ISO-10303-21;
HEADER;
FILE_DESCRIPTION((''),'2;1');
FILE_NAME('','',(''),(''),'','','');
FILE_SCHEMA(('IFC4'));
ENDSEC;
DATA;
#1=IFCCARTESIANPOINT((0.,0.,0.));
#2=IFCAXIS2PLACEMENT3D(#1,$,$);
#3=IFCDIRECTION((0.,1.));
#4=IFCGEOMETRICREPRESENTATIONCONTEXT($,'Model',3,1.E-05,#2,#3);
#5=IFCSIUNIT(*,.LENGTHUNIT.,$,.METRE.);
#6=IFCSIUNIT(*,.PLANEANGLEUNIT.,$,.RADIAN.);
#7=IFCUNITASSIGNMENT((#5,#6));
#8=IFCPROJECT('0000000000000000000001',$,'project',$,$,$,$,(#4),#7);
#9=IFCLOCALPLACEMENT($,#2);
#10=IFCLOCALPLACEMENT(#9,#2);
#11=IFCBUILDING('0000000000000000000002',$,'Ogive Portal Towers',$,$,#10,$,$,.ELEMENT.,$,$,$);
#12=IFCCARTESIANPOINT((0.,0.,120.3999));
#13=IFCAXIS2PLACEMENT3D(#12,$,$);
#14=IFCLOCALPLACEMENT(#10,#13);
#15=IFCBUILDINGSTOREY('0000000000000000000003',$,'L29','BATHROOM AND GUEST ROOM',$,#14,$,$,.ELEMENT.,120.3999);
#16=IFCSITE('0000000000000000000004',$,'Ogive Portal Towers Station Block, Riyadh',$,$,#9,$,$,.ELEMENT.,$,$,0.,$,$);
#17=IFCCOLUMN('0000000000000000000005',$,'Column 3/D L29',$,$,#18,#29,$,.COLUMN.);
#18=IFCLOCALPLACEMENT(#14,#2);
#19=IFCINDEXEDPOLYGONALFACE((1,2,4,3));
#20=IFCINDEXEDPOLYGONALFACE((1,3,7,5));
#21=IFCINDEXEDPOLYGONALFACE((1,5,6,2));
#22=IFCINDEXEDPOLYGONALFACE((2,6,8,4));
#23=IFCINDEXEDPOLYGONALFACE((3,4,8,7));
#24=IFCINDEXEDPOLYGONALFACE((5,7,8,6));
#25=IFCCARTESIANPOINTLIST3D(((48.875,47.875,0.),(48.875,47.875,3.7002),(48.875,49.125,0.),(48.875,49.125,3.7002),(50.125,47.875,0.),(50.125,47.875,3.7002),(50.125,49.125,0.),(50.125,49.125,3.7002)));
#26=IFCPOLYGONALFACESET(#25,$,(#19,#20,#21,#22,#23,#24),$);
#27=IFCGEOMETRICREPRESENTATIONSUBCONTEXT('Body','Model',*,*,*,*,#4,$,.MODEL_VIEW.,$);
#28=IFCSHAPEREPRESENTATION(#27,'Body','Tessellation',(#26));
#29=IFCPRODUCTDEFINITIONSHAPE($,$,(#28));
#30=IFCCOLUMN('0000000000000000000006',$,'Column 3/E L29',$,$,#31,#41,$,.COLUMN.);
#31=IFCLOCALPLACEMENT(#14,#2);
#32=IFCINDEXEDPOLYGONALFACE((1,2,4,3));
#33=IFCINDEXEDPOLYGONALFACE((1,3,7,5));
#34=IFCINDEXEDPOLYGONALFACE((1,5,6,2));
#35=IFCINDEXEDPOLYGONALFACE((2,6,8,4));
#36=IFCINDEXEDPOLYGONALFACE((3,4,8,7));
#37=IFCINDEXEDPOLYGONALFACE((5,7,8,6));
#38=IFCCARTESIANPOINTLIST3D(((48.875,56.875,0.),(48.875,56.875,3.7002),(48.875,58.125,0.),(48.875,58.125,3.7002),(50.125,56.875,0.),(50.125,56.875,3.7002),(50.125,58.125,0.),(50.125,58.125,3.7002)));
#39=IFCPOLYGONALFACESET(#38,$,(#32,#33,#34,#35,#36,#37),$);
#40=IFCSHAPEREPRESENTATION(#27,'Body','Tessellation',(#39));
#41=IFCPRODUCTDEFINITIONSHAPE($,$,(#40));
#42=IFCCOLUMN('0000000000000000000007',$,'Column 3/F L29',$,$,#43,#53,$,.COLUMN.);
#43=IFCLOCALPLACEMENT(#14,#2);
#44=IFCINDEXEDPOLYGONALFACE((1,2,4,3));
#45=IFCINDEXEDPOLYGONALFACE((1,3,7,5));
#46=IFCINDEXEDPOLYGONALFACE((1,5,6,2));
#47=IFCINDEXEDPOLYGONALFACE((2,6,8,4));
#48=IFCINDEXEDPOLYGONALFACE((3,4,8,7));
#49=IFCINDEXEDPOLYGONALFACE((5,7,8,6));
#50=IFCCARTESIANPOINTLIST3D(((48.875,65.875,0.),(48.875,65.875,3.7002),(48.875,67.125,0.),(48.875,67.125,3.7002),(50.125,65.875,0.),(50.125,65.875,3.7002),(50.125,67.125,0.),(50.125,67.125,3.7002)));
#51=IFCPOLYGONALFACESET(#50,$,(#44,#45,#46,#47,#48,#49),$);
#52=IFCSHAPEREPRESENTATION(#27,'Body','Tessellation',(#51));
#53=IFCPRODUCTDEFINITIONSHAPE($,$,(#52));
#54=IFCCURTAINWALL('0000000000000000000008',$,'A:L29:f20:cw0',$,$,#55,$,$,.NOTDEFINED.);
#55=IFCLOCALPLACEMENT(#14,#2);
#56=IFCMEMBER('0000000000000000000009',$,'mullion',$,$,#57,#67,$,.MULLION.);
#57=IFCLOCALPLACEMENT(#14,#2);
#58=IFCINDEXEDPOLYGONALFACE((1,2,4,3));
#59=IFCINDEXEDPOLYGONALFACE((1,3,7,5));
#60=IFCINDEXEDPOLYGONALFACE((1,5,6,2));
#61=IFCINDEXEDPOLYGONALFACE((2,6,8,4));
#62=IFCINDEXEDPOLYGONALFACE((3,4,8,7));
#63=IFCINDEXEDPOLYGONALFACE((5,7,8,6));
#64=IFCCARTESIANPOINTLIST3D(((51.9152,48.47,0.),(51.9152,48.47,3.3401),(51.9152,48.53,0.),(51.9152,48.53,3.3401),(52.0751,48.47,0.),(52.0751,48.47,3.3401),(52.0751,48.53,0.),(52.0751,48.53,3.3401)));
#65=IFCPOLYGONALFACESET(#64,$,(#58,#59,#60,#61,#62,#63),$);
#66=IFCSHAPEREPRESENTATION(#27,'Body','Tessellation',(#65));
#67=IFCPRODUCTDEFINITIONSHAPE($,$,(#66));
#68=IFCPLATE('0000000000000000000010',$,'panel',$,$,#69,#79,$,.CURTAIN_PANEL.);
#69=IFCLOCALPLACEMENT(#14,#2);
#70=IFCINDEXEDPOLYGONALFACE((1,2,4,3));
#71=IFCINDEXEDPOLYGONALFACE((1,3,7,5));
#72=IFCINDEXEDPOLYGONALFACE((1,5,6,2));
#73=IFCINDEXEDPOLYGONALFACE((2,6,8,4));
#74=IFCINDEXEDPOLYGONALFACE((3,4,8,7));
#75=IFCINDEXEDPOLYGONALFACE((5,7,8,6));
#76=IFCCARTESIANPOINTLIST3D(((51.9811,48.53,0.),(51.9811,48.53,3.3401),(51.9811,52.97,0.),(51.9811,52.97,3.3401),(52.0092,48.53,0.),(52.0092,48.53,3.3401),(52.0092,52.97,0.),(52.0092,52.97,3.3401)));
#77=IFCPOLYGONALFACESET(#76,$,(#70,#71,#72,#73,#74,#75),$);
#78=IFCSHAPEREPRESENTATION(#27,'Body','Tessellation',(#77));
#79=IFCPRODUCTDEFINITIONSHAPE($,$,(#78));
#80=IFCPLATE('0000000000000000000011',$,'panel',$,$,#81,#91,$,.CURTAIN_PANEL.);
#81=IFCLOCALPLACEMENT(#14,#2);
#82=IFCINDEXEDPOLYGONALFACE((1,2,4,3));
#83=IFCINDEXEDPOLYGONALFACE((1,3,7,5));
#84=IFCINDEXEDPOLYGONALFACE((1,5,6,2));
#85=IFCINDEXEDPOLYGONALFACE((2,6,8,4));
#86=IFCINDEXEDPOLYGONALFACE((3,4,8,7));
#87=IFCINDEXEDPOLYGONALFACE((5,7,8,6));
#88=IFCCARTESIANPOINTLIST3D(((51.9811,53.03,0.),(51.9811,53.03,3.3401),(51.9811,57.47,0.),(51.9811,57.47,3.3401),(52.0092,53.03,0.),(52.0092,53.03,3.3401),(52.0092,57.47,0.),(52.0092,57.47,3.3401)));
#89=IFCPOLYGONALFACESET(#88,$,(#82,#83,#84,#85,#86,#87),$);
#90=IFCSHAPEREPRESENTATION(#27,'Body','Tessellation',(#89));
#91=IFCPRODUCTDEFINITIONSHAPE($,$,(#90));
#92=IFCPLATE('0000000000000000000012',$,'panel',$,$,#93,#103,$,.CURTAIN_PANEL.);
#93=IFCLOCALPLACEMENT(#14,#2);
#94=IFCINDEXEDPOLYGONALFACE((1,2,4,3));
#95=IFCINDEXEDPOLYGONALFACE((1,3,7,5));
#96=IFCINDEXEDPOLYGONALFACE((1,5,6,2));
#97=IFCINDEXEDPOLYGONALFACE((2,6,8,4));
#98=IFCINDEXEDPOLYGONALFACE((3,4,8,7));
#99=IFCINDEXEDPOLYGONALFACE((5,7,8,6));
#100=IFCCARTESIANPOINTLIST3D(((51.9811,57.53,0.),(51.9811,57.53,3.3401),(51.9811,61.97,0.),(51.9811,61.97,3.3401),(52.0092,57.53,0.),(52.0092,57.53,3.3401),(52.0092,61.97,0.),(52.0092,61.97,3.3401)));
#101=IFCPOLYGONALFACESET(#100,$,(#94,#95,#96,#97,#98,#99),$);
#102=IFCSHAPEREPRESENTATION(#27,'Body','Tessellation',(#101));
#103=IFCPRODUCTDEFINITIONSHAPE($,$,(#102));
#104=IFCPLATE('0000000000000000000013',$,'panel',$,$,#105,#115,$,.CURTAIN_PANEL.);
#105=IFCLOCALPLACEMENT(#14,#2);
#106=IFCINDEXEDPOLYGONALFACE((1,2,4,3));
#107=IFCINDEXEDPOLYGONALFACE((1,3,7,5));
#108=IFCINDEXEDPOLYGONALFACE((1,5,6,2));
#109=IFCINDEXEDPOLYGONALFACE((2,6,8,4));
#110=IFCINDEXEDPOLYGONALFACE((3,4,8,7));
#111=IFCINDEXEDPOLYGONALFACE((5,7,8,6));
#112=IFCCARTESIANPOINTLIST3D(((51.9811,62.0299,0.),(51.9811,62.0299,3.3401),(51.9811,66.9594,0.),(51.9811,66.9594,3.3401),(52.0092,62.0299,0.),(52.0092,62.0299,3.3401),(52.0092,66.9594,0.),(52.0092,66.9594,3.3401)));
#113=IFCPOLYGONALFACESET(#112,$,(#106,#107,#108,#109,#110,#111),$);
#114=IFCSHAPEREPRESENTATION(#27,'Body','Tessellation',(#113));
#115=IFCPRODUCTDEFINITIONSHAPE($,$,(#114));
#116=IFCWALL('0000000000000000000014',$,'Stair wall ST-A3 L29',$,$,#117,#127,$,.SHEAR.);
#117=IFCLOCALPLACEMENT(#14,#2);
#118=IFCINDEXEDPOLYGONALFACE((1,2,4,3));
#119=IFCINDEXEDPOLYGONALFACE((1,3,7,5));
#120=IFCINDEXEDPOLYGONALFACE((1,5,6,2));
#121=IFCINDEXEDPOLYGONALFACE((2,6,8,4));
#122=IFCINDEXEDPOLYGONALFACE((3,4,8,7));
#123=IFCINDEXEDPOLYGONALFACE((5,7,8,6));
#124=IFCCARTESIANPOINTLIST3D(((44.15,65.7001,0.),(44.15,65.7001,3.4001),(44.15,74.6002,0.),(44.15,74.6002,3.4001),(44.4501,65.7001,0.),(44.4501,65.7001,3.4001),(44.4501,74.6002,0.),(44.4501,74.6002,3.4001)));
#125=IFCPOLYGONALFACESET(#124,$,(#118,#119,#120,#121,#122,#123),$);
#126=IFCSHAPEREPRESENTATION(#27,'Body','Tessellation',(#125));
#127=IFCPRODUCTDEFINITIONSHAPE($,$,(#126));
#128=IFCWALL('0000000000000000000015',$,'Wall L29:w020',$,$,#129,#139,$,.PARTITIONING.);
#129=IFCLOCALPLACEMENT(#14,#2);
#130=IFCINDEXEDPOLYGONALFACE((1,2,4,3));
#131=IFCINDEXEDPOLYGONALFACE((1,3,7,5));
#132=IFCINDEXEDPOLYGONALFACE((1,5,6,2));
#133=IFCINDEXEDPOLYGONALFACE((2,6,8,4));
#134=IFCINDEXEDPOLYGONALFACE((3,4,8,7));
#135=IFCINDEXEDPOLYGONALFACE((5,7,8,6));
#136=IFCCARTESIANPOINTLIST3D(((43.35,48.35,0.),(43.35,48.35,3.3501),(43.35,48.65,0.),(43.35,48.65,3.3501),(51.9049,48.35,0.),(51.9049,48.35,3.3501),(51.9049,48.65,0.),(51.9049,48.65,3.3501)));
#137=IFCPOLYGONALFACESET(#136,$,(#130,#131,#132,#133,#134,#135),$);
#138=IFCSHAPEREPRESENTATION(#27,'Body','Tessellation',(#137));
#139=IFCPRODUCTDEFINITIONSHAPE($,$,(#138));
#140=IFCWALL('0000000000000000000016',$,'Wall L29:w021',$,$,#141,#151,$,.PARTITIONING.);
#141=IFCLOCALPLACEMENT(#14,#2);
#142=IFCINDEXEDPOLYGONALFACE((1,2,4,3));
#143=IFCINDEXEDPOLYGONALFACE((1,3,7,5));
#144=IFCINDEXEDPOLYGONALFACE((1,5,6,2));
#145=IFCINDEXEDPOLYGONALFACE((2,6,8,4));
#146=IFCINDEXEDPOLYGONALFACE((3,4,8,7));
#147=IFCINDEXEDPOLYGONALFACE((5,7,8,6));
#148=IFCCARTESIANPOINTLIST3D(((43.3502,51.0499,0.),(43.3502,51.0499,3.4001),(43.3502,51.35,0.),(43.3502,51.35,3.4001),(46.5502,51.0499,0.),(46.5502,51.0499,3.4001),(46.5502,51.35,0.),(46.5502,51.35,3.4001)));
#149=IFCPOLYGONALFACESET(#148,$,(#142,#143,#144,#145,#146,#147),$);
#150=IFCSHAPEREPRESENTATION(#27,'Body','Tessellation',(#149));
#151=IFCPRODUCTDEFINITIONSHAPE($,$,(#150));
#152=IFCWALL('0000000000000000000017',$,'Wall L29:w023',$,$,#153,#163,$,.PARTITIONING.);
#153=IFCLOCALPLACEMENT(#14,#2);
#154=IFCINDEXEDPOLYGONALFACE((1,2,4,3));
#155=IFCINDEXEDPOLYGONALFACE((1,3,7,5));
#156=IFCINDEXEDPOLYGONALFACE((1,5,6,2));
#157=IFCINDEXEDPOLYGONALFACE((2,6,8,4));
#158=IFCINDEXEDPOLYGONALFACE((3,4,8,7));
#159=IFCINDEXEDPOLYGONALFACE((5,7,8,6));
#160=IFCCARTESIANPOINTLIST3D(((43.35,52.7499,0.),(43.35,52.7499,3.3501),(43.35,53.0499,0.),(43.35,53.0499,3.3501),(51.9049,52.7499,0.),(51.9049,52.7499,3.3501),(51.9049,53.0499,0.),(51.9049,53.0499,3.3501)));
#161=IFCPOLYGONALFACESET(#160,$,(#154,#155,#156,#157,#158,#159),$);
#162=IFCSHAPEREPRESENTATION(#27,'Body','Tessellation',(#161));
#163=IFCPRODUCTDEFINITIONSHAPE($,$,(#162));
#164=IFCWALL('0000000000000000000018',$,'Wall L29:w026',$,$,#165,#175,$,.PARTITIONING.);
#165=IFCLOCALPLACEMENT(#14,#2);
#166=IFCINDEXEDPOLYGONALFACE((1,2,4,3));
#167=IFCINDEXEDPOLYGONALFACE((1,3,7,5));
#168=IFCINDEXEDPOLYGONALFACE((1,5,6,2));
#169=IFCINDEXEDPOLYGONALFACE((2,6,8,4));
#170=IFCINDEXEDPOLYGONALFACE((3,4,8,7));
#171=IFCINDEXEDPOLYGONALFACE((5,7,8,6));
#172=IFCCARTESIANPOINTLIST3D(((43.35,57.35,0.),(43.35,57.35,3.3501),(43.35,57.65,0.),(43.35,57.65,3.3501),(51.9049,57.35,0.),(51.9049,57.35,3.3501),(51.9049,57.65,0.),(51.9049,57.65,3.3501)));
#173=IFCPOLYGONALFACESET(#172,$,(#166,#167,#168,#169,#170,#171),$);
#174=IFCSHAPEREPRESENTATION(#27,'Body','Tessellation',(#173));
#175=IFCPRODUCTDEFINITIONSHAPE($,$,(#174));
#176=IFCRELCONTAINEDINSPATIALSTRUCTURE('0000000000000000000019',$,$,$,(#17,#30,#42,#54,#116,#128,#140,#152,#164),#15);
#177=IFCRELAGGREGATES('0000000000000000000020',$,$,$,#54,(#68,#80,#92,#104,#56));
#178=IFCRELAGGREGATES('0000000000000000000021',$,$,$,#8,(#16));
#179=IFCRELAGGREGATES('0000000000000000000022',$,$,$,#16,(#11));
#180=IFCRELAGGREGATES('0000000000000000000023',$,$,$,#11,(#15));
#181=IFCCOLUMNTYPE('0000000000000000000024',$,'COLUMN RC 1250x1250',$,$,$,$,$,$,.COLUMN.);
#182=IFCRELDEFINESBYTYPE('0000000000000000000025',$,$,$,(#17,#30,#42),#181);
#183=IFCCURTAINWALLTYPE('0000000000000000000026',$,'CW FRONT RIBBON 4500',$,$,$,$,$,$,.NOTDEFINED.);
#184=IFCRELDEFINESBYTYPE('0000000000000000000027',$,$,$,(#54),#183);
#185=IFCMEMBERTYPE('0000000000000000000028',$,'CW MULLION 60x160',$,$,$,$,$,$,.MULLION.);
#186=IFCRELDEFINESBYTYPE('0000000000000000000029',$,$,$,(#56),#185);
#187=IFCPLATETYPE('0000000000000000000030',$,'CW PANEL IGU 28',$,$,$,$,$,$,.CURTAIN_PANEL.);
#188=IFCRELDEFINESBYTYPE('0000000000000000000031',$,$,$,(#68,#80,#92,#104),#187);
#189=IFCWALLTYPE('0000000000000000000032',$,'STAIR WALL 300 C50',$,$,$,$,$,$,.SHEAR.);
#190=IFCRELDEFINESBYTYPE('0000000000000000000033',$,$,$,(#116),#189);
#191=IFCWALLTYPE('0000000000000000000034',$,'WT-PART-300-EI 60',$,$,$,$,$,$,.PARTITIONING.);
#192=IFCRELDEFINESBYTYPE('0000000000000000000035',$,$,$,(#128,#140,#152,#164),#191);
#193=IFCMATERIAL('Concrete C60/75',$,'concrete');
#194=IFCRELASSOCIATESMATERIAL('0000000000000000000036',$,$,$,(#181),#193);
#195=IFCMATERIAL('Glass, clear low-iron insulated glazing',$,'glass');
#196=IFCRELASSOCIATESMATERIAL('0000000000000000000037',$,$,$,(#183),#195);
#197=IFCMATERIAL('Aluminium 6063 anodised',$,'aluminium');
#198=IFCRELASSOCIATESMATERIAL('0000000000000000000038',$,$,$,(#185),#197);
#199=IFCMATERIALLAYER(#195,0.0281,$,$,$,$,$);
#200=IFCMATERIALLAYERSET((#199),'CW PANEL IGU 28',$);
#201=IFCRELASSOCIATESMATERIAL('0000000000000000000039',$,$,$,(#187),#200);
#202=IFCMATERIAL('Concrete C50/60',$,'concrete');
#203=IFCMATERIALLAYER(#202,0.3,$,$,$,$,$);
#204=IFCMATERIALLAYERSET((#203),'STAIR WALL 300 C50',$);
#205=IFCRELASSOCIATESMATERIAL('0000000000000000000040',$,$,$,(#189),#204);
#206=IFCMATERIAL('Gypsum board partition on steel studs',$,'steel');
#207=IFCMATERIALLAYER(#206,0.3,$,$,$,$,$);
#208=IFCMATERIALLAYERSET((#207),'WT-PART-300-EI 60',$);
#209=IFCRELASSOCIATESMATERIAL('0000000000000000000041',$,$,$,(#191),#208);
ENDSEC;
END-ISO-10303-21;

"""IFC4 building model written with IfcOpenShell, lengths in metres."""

from ifc_helpers import new_model, si_unit, direction, frame, frame_2d, origin, origin_2d, place, context, subcontext, project, spatial, rectangle, extrude, material, layer, layer_set, material_profile, profile_set, type_object, element, aggregate, save


model = new_model("IFC4")

# Units and contexts
model_context = context("Model", 3, precision=1e-05, world=origin(), true_north=direction((0.0, 1.0)))
body_context = subcontext(model_context, "Body", "Model", "MODEL_VIEW")
ifc_project = project(units=[si_unit("LENGTHUNIT", "METRE"), si_unit("PLANEANGLEUNIT", "RADIAN")], contexts=[model_context])

# Site, building, storey
site_placement = place(None, origin())
site = spatial("IfcSite", under=ifc_project, at=site_placement, Name="Ogive Portal Towers Station Block, Riyadh", CompositionType="ELEMENT", RefElevation=0.0)
building_placement = place(site_placement, origin())
building = spatial("IfcBuilding", under=site, at=building_placement, Name="Ogive Portal Towers", CompositionType="ELEMENT")
storey_placement = place(building_placement, frame((0.0, 0.0, 120.3999)))
storey = spatial("IfcBuildingStorey", under=building, at=storey_placement, Name="L29", Description="BATHROOM AND GUEST ROOM", CompositionType="ELEMENT", Elevation=120.3999)

# Columns
ifc_material_1 = material(Name="Concrete C60/75", Category="concrete")
ifc_material_profile_1 = material_profile(ifc_material_1, rectangle(XDim=1.25, YDim=1.25, at=origin_2d()), Name="RC 1250x1250")
ifc_profile_set_1 = profile_set([ifc_material_profile_1], Name="Concrete C60/75")
column_type = type_object("IfcColumnType", Name="COLUMN RC 1250x1250", PredefinedType="COLUMN", material=ifc_profile_set_1)
for number, where, z_axis, x_axis, name in (
    (1, (49.5, 48.5, 0.0), (0.0, 0.0, 1.0), (1.0, 0.0, 0.0), "Column 3/D L29"),
    (2, (49.5, 57.5, 0.0), (0.0, 0.0, 1.0), (1.0, 0.0, 0.0), "Column 3/E L29"),
    (3, (49.5, 66.5, 0.0), (0.0, 0.0, 1.0), (1.0, 0.0, 0.0), "Column 3/F L29"),
):
    element("IfcColumn", number, at=place(storey_placement, frame(where, z_axis=z_axis, x_axis=x_axis)), inside=storey, type_object=column_type, Name=name, PredefinedType="COLUMN", context=body_context, shape_type="SweptSolid", body=[
        extrude(rectangle(XDim=1.25, YDim=1.25, at=origin_2d()), origin(), (0.0, 0.0, 1.0), 3.7002),
    ])

# Curtain wall, member, plates
ifc_material_2 = material(Name="Glass, clear low-iron insulated glazing", Category="glass")
curtain_wall_type = type_object("IfcCurtainWallType", Name="CW FRONT RIBBON 4500", PredefinedType="NOTDEFINED", material=ifc_material_2)
curtain_wall_placement = place(storey_placement, origin())
curtain_wall = element("IfcCurtainWall", 4, at=curtain_wall_placement, inside=storey, type_object=curtain_wall_type, Name="A:L29:f20:cw0", PredefinedType="NOTDEFINED")
ifc_material_3 = material(Name="Aluminium 6063 anodised", Category="aluminium")
ifc_material_profile_2 = material_profile(ifc_material_3, rectangle(XDim=0.1599, YDim=0.0601, at=origin_2d()), Name="AL 60x160")
ifc_profile_set_2 = profile_set([ifc_material_profile_2], Name="Aluminium 6063 anodised")
member_type = type_object("IfcMemberType", Name="CW MULLION 60x160", PredefinedType="MULLION", material=ifc_profile_set_2)
member_placement = place(storey_placement, frame((51.9951, 48.5, 0.0), z_axis=(0.0, 0.0, 1.0), x_axis=(-1.0, 0.0, 0.0)))
member = element("IfcMember", 5, at=member_placement, type_object=member_type, Name="mullion", PredefinedType="MULLION", context=body_context, shape_type="SweptSolid", body=[
    extrude(rectangle(XDim=0.1599, YDim=0.0601, at=origin_2d()), origin(), (0.0, 0.0, 1.0), 3.3401),
])
ifc_layer_1 = layer(ifc_material_2, 0.0281)
ifc_layer_set_1 = layer_set([ifc_layer_1], Name="CW PANEL IGU 28")
plate_type = type_object("IfcPlateType", Name="CW PANEL IGU 28", PredefinedType="CURTAIN_PANEL", material=ifc_layer_set_1)
plate_1_placement = place(storey_placement, frame((51.9951, 50.75, 0.0), z_axis=(0.0, 0.0, 1.0), x_axis=(0.0, 1.0, 0.0)))
plate_1 = element("IfcPlate", 6, at=plate_1_placement, type_object=plate_type, Name="panel", PredefinedType="CURTAIN_PANEL", context=body_context, shape_type="SweptSolid", body=[
    extrude(rectangle(XDim=4.4399, YDim=0.0281, at=origin_2d()), origin(), (0.0, 0.0, 1.0), 3.3401),
])
plate_2_placement = place(storey_placement, frame((51.9951, 55.25, 0.0), z_axis=(0.0, 0.0, 1.0), x_axis=(0.0, 1.0, 0.0)))
plate_2 = element("IfcPlate", 7, at=plate_2_placement, type_object=plate_type, Name="panel", PredefinedType="CURTAIN_PANEL", context=body_context, shape_type="SweptSolid", body=[
    extrude(rectangle(XDim=4.4399, YDim=0.0281, at=origin_2d()), origin(), (0.0, 0.0, 1.0), 3.3401),
])
plate_3_placement = place(storey_placement, frame((51.9951, 59.75, 0.0), z_axis=(0.0, 0.0, 1.0), x_axis=(0.0, 1.0, 0.0)))
plate_3 = element("IfcPlate", 8, at=plate_3_placement, type_object=plate_type, Name="panel", PredefinedType="CURTAIN_PANEL", context=body_context, shape_type="SweptSolid", body=[
    extrude(rectangle(XDim=4.4399, YDim=0.0281, at=origin_2d()), origin(), (0.0, 0.0, 1.0), 3.3401),
])
plate_4_placement = place(storey_placement, frame((51.9951, 64.4946, 0.0), z_axis=(0.0, 0.0, 1.0), x_axis=(0.0, 1.0, 0.0)))
plate_4 = element("IfcPlate", 9, at=plate_4_placement, type_object=plate_type, Name="panel", PredefinedType="CURTAIN_PANEL", context=body_context, shape_type="SweptSolid", body=[
    extrude(rectangle(XDim=4.9294, YDim=0.0281, at=origin_2d()), origin(), (0.0, 0.0, 1.0), 3.3401),
])
aggregate(curtain_wall, [plate_1, plate_2, plate_3, plate_4, member])

# Walls
ifc_material_4 = material(Name="Concrete C50/60", Category="concrete")
ifc_layer_2 = layer(ifc_material_4, 0.3)
ifc_layer_set_2 = layer_set([ifc_layer_2], Name="STAIR WALL 300 C50")
wall_type_1 = type_object("IfcWallType", Name="STAIR WALL 300 C50", PredefinedType="SHEAR", material=ifc_layer_set_2)
wall_1_placement = place(storey_placement, frame((44.3, 65.7, 0.0), z_axis=(0.0, 0.0, 1.0), x_axis=(0.0, 1.0, 0.0)))
element("IfcWall", 10, at=wall_1_placement, inside=storey, type_object=wall_type_1, Name="Stair wall ST-A3 L29", PredefinedType="SHEAR", context=body_context, shape_type="SweptSolid", body=[
    extrude(rectangle(XDim=8.9001, YDim=0.3, at=frame_2d((4.4502, 0.0))), origin(), (0.0, 0.0, 1.0), 3.4001),
])
ifc_material_5 = material(Name="Gypsum board partition on steel studs", Category="steel")
ifc_layer_3 = layer(ifc_material_5, 0.3)
ifc_layer_set_3 = layer_set([ifc_layer_3], Name="WT-PART-300-EI 60")
wall_type_2 = type_object("IfcWallType", Name="WT-PART-300-EI 60", PredefinedType="PARTITIONING", material=ifc_layer_set_3)
wall_2_placement = place(storey_placement, frame((43.3501, 48.5, 0.0), z_axis=(0.0, 0.0, 1.0), x_axis=(1.0, 0.0, 0.0)))
element("IfcWall", 11, at=wall_2_placement, inside=storey, type_object=wall_type_2, Name="Wall L29:w020", PredefinedType="PARTITIONING", context=body_context, shape_type="SweptSolid", body=[
    extrude(rectangle(XDim=8.5549, YDim=0.3, at=frame_2d((4.2773, 0.0))), origin(), (0.0, 0.0, 1.0), 3.3501),
])
wall_3_placement = place(storey_placement, frame((43.3501, 51.2, 0.0), z_axis=(0.0, 0.0, 1.0), x_axis=(1.0, 0.0, 0.0)))
element("IfcWall", 12, at=wall_3_placement, inside=storey, type_object=wall_type_2, Name="Wall L29:w021", PredefinedType="PARTITIONING", context=body_context, shape_type="SweptSolid", body=[
    extrude(rectangle(XDim=3.2, YDim=0.3, at=frame_2d((1.6001, 0.0))), origin(), (0.0, 0.0, 1.0), 3.4001),
])
for number, where, z_axis, x_axis, name in (
    (13, (43.3501, 52.8999, 0.0), (0.0, 0.0, 1.0), (1.0, 0.0, 0.0), "Wall L29:w023"),
    (14, (43.3501, 57.5, 0.0), (0.0, 0.0, 1.0), (1.0, 0.0, 0.0), "Wall L29:w026"),
):
    element("IfcWall", number, at=place(storey_placement, frame(where, z_axis=z_axis, x_axis=x_axis)), inside=storey, type_object=wall_type_2, Name=name, PredefinedType="PARTITIONING", context=body_context, shape_type="SweptSolid", body=[
        extrude(rectangle(XDim=8.5549, YDim=0.3, at=frame_2d((4.2773, 0.0))), origin(), (0.0, 0.0, 1.0), 3.3501),
    ])

save(model, "model.ifc")
